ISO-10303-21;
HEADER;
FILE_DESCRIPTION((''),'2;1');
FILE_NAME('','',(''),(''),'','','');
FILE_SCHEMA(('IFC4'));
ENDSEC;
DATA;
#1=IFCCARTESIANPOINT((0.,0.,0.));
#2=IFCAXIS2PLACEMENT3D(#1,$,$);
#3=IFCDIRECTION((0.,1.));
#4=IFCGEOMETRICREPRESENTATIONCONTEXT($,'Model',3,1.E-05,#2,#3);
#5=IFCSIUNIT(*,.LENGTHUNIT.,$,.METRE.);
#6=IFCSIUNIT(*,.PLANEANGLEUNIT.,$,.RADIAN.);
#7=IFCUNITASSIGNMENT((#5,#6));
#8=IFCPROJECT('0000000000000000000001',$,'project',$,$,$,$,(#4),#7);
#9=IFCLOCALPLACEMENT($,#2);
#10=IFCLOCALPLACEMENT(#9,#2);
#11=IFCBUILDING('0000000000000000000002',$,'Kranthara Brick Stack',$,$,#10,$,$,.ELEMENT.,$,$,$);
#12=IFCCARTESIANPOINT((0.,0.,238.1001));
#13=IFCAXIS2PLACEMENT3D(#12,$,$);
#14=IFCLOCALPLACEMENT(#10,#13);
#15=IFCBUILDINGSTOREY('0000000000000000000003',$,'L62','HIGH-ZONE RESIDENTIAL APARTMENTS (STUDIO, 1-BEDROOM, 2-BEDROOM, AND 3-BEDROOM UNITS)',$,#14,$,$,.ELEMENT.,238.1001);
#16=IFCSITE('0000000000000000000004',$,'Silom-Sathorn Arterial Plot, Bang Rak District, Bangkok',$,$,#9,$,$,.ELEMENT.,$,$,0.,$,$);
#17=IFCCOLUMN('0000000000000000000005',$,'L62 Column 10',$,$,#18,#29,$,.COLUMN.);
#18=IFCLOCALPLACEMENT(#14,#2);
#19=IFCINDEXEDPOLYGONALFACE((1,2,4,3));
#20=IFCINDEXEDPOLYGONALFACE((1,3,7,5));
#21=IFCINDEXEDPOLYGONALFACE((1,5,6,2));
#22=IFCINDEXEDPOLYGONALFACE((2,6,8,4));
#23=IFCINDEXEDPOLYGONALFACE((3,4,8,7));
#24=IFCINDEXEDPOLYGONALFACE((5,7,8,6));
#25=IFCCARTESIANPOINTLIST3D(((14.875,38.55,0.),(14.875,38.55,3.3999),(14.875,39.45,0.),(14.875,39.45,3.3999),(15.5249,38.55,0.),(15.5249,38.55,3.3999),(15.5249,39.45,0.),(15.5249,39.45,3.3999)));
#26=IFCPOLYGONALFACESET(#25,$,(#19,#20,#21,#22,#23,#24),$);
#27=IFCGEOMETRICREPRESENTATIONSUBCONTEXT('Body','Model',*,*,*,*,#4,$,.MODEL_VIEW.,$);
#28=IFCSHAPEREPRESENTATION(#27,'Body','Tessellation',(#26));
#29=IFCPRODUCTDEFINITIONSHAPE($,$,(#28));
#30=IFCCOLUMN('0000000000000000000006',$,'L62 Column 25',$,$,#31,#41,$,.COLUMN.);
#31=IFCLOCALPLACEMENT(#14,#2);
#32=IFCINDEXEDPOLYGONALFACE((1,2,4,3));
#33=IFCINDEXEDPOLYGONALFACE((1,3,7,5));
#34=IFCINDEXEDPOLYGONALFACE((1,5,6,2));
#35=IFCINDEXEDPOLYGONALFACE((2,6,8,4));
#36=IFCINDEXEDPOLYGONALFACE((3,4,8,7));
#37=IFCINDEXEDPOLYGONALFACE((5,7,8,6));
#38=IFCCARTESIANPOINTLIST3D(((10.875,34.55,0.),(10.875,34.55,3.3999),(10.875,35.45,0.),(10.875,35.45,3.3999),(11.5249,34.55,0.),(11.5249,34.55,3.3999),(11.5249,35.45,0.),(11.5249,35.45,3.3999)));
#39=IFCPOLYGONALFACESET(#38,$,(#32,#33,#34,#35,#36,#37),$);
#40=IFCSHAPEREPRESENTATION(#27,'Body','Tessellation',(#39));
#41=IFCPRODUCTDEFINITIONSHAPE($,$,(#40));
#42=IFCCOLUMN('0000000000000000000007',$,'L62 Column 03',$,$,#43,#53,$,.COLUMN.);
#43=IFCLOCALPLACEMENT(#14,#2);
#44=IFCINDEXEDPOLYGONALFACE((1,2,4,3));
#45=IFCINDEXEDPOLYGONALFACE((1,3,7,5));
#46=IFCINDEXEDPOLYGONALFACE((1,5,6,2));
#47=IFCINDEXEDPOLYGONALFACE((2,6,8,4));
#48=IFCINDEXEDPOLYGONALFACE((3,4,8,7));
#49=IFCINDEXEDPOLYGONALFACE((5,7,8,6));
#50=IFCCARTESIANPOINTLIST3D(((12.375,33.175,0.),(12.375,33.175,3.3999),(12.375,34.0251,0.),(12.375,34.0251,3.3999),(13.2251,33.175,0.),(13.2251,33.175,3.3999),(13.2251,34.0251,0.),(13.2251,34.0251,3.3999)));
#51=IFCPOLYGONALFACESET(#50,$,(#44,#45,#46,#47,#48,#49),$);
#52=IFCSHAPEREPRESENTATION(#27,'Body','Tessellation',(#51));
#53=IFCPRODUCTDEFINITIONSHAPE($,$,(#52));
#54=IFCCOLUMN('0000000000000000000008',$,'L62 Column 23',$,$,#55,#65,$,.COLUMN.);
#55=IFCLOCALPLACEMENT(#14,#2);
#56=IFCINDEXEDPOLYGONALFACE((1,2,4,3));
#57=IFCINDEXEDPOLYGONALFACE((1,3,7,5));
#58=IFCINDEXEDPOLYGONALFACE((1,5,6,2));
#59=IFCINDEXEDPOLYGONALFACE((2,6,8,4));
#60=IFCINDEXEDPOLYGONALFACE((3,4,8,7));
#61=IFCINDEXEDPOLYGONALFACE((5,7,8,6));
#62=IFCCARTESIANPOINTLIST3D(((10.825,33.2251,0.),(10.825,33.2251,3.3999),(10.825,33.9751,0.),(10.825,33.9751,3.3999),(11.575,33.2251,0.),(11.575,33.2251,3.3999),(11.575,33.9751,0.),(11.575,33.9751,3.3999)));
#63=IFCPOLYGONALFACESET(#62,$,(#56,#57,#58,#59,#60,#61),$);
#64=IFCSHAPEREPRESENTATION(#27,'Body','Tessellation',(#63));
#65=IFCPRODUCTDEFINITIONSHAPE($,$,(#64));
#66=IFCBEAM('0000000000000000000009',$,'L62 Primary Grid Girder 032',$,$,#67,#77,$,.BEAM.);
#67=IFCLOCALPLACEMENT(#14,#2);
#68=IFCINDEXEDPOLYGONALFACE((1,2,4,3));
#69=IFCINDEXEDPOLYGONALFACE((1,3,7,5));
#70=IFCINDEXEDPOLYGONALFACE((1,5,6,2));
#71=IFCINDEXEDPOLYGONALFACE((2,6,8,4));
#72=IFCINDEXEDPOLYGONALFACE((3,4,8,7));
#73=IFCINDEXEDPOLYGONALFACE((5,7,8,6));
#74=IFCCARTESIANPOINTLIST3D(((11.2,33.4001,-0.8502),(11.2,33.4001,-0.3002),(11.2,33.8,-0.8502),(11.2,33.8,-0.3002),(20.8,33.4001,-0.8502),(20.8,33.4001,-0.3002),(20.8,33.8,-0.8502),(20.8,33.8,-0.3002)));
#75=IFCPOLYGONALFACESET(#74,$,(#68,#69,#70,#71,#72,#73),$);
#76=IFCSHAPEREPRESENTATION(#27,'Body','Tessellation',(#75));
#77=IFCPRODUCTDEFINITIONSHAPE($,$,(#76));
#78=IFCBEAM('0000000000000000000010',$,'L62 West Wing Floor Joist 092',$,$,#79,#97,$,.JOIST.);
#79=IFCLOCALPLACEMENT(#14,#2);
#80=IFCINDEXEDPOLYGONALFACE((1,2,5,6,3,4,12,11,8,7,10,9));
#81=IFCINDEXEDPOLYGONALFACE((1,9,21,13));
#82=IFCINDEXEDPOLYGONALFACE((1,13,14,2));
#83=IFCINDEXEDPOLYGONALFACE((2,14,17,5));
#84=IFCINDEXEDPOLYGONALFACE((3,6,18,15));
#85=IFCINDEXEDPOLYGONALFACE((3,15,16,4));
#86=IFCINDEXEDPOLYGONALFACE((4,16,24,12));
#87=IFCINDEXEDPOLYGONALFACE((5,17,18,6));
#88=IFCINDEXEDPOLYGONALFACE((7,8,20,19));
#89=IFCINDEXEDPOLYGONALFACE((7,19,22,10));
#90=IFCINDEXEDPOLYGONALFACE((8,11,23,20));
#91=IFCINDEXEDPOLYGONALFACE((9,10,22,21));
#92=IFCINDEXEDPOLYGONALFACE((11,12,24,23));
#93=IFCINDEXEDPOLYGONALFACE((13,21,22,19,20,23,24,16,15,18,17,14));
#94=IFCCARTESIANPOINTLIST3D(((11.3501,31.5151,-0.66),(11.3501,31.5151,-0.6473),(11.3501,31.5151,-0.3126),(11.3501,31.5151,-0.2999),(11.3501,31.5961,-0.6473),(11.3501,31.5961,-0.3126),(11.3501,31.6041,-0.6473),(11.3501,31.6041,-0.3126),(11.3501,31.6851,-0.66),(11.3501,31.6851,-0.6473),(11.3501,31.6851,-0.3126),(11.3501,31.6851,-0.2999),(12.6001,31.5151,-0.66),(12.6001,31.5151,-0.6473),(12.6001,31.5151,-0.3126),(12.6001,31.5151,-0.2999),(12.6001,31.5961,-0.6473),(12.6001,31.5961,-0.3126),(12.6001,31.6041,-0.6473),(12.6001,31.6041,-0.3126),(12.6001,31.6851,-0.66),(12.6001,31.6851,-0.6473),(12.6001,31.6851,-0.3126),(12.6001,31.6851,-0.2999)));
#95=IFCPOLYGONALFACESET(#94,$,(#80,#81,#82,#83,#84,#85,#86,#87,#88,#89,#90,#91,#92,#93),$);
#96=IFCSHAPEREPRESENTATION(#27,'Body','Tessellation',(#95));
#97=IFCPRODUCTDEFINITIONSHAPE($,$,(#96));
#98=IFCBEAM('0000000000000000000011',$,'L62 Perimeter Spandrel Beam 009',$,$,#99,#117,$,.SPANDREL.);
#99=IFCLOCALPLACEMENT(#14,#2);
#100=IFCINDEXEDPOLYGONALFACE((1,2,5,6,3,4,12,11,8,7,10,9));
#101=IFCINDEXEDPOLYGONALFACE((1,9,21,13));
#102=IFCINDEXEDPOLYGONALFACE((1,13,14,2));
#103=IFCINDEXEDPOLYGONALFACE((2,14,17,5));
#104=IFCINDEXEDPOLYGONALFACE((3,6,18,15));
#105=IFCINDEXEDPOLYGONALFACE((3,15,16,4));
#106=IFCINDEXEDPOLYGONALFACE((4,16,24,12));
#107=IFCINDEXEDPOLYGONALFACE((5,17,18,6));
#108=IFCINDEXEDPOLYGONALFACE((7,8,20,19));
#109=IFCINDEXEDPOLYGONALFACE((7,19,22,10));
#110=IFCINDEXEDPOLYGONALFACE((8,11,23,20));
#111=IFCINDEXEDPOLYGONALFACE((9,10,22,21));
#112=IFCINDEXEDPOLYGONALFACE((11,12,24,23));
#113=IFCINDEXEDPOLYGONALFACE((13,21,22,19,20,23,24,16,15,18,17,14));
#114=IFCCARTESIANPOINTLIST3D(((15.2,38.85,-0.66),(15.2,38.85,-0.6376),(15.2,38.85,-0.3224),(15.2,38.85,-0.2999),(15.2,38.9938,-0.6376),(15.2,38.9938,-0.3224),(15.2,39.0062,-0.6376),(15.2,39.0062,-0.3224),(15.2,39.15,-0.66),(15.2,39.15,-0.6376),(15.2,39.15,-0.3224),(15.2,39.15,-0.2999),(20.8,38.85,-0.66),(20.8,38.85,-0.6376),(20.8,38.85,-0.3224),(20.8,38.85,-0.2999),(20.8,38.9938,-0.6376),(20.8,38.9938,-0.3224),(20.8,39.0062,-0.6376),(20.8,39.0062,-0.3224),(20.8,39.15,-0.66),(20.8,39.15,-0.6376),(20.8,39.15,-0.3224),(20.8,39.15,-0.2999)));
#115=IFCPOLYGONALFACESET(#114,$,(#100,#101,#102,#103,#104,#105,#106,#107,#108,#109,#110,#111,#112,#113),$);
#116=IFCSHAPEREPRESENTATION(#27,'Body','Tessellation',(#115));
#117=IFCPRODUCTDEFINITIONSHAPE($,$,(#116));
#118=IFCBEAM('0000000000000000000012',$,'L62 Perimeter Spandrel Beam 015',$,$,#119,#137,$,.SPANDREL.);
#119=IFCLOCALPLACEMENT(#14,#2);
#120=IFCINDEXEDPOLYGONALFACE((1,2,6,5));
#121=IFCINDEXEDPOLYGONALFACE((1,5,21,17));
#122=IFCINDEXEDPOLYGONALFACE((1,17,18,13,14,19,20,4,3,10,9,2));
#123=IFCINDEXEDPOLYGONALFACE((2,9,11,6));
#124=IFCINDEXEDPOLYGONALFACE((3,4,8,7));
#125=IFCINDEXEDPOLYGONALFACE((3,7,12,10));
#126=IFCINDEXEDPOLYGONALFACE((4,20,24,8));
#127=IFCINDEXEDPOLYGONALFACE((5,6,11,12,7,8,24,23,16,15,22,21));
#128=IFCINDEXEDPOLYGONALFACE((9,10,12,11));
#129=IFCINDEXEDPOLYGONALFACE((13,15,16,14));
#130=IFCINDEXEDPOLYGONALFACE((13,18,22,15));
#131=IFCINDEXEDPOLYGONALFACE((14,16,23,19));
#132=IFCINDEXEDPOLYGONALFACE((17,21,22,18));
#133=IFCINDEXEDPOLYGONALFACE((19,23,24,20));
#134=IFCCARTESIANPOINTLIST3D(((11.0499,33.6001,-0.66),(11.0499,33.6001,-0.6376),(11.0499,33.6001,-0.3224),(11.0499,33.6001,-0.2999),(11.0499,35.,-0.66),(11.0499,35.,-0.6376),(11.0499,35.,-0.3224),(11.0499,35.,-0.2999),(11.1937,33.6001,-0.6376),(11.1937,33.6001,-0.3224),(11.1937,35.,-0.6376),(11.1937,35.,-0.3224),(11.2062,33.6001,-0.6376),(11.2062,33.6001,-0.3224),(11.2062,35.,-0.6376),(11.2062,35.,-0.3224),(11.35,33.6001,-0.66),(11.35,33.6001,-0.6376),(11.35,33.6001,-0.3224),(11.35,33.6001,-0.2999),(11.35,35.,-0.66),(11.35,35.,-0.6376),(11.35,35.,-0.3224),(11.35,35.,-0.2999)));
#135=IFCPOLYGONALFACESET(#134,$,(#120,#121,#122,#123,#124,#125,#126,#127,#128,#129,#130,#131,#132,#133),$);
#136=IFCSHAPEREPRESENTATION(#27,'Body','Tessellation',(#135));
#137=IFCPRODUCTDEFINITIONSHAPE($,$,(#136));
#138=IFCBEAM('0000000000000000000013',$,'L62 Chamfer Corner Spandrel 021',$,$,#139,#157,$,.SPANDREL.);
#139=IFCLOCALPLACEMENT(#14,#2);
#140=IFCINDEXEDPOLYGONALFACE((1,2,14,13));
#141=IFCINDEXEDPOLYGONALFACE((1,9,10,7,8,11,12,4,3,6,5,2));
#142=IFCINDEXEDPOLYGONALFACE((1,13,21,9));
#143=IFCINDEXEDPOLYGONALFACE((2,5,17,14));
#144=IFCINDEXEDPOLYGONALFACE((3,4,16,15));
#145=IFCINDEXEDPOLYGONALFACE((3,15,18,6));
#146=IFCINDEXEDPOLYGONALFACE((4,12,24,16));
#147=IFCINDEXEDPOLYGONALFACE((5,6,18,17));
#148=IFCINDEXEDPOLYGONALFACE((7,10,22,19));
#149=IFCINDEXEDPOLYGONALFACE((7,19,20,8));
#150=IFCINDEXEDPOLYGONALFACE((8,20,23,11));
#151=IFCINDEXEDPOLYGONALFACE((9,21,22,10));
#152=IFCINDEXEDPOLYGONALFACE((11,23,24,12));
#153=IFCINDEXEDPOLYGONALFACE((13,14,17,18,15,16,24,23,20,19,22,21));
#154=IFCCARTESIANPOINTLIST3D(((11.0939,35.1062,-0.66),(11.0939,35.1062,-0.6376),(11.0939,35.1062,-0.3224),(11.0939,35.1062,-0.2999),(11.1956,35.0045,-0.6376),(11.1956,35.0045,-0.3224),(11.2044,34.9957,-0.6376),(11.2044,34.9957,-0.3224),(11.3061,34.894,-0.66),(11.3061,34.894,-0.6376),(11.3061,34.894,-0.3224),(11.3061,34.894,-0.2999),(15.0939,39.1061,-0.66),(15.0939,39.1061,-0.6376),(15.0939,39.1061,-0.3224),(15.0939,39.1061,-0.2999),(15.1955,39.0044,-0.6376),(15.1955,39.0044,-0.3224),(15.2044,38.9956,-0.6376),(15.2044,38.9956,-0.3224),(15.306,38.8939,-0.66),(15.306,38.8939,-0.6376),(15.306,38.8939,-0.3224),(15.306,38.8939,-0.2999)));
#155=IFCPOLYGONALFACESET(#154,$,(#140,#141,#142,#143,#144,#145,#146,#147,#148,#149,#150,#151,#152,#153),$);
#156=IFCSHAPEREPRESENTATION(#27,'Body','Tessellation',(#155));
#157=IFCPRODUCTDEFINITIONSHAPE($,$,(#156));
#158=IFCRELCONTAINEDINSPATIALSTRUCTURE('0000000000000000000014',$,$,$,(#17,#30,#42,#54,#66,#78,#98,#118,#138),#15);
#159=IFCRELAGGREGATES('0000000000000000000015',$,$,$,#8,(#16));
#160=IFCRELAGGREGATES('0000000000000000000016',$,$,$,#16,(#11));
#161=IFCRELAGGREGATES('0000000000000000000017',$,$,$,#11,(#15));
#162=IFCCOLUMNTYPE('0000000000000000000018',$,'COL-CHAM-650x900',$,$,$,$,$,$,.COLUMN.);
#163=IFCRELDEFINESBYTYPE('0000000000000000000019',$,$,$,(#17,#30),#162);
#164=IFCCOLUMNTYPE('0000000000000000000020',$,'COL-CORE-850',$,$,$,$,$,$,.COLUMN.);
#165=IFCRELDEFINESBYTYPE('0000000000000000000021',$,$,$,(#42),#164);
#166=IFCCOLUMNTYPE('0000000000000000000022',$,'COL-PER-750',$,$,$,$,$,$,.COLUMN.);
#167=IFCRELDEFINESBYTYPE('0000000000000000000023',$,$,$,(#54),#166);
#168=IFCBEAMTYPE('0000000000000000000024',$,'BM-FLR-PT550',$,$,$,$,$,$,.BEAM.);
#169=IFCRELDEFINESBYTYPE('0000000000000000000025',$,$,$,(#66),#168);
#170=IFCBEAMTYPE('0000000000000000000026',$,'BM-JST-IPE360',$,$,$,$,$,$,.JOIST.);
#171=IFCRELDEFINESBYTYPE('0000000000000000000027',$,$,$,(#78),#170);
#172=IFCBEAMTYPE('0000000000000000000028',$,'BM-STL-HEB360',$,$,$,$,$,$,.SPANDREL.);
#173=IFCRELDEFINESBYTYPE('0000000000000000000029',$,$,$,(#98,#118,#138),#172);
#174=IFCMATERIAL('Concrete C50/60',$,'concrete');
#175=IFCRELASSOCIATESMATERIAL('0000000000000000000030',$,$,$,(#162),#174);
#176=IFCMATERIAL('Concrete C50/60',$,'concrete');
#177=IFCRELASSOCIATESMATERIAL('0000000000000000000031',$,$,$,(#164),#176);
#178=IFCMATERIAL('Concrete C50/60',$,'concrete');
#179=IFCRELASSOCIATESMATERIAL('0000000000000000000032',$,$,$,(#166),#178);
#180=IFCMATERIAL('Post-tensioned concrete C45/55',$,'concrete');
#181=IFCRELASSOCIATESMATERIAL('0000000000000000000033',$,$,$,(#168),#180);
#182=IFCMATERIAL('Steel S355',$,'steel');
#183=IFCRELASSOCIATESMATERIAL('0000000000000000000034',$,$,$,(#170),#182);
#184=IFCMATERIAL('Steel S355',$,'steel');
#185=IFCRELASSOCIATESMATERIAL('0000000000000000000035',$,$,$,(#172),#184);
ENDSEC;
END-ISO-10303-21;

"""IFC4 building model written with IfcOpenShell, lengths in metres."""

from ifc_helpers import new_model, si_unit, direction, frame, origin, origin_2d, place, context, subcontext, project, spatial, rectangle, i_section, extrude, material, material_profile, profile_set, type_object, element, save


model = new_model("IFC4")

# Units and contexts
model_context = context("Model", 3, precision=1e-05, world=origin(), true_north=direction((0.0, 1.0)))
body_context = subcontext(model_context, "Body", "Model", "MODEL_VIEW")
ifc_project = project(units=[si_unit("LENGTHUNIT", "METRE"), si_unit("PLANEANGLEUNIT", "RADIAN")], contexts=[model_context])

# Site, building, storey
site_placement = place(None, origin())
site = spatial("IfcSite", under=ifc_project, at=site_placement, Name="Silom-Sathorn Arterial Plot, Bang Rak District, Bangkok", CompositionType="ELEMENT", RefElevation=0.0)
building_placement = place(site_placement, origin())
building = spatial("IfcBuilding", under=site, at=building_placement, Name="Kranthara Brick Stack", CompositionType="ELEMENT")
storey_placement = place(building_placement, frame((0.0, 0.0, 238.1001)))
storey = spatial("IfcBuildingStorey", under=building, at=storey_placement, Name="L62", Description="HIGH-ZONE RESIDENTIAL APARTMENTS (STUDIO, 1-BEDROOM, 2-BEDROOM, AND 3-BEDROOM UNITS)", CompositionType="ELEMENT", Elevation=238.1001)

# Columns
ifc_material_1 = material(Name="Concrete C50/60", Category="concrete")
ifc_material_profile_1 = material_profile(ifc_material_1, rectangle(XDim=0.6499, YDim=0.8999, at=origin_2d()), Name="RC 650x900")
ifc_profile_set_1 = profile_set([ifc_material_profile_1], Name="Concrete C50/60")
column_type_1 = type_object("IfcColumnType", Name="COL-CHAM-650x900", PredefinedType="COLUMN", material=ifc_profile_set_1)
for number, where, z_axis, x_axis, name in (
    (1, (15.2, 39.0, 0.0), (0.0, 0.0, 1.0), (1.0, 0.0, 0.0), "L62 Column 10"),
    (2, (11.2, 35.0, 0.0), (0.0, 0.0, 1.0), (1.0, 0.0, 0.0), "L62 Column 25"),
):
    element("IfcColumn", number, at=place(storey_placement, frame(where, z_axis=z_axis, x_axis=x_axis)), inside=storey, type_object=column_type_1, Name=name, PredefinedType="COLUMN", context=body_context, shape_type="SweptSolid", body=[
        extrude(rectangle(XDim=0.6499, YDim=0.8999, at=origin_2d()), origin(), (0.0, 0.0, 1.0), 3.3999),
    ])
ifc_material_2 = material(Name="Concrete C50/60", Category="concrete")
ifc_material_profile_2 = material_profile(ifc_material_2, rectangle(XDim=0.8501, YDim=0.8501, at=origin_2d()), Name="RC 850x850")
ifc_profile_set_2 = profile_set([ifc_material_profile_2], Name="Concrete C50/60")
column_type_2 = type_object("IfcColumnType", Name="COL-CORE-850", PredefinedType="COLUMN", material=ifc_profile_set_2)
column_1_placement = place(storey_placement, frame((12.8, 33.6001, 0.0), z_axis=(0.0, 0.0, 1.0), x_axis=(1.0, 0.0, 0.0)))
element("IfcColumn", 3, at=column_1_placement, inside=storey, type_object=column_type_2, Name="L62 Column 03", PredefinedType="COLUMN", context=body_context, shape_type="SweptSolid", body=[
    extrude(rectangle(XDim=0.8501, YDim=0.8501, at=origin_2d()), origin(), (0.0, 0.0, 1.0), 3.3999),
])
ifc_material_3 = material(Name="Concrete C50/60", Category="concrete")
ifc_material_profile_3 = material_profile(ifc_material_3, rectangle(XDim=0.75, YDim=0.75, at=origin_2d()), Name="RC 750x750")
ifc_profile_set_3 = profile_set([ifc_material_profile_3], Name="Concrete C50/60")
column_type_3 = type_object("IfcColumnType", Name="COL-PER-750", PredefinedType="COLUMN", material=ifc_profile_set_3)
column_2_placement = place(storey_placement, frame((11.2, 33.6001, 0.0), z_axis=(0.0, 0.0, 1.0), x_axis=(1.0, 0.0, 0.0)))
element("IfcColumn", 4, at=column_2_placement, inside=storey, type_object=column_type_3, Name="L62 Column 23", PredefinedType="COLUMN", context=body_context, shape_type="SweptSolid", body=[
    extrude(rectangle(XDim=0.75, YDim=0.75, at=origin_2d()), origin(), (0.0, 0.0, 1.0), 3.3999),
])

# Beams
ifc_material_4 = material(Name="Post-tensioned concrete C45/55", Category="concrete")
ifc_material_profile_4 = material_profile(ifc_material_4, rectangle(XDim=0.3999, YDim=0.55, at=origin_2d()), Name="PT 400x550")
ifc_profile_set_4 = profile_set([ifc_material_profile_4], Name="Post-tensioned concrete C45/55")
beam_type_1 = type_object("IfcBeamType", Name="BM-FLR-PT550", PredefinedType="BEAM", material=ifc_profile_set_4)
beam_1_placement = place(storey_placement, frame((11.2, 33.6001, -0.5752), z_axis=(1.0, 0.0, 0.0), x_axis=(0.0, 1.0, 0.0)))
element("IfcBeam", 5, at=beam_1_placement, inside=storey, type_object=beam_type_1, Name="L62 Primary Grid Girder 032", PredefinedType="BEAM", context=body_context, shape_type="SweptSolid", body=[
    extrude(rectangle(XDim=0.3999, YDim=0.55, at=origin_2d()), origin(), (0.0, 0.0, 1.0), 9.6001),
])
ifc_material_5 = material(Name="Steel S355", Category="steel")
ifc_material_profile_5 = material_profile(ifc_material_5, i_section(OverallWidth=0.1699, OverallDepth=0.3601, WebThickness=0.0081, FlangeThickness=0.0127, at=origin_2d()), Name="IPE 360")
ifc_profile_set_5 = profile_set([ifc_material_profile_5], Name="Steel S355")
beam_type_2 = type_object("IfcBeamType", Name="BM-JST-IPE360", PredefinedType="JOIST", material=ifc_profile_set_5)
beam_2_placement = place(storey_placement, frame((11.3501, 31.6001, -0.48), z_axis=(1.0, 0.0, 0.0), x_axis=(0.0, 1.0, 0.0)))
element("IfcBeam", 6, at=beam_2_placement, inside=storey, type_object=beam_type_2, Name="L62 West Wing Floor Joist 092", PredefinedType="JOIST", context=body_context, shape_type="SweptSolid", body=[
    extrude(i_section(OverallWidth=0.1699, OverallDepth=0.3601, WebThickness=0.0081, FlangeThickness=0.0127, at=origin_2d()), origin(), (0.0, 0.0, 1.0), 1.25),
])
ifc_material_6 = material(Name="Steel S355", Category="steel")
ifc_material_profile_6 = material_profile(ifc_material_6, i_section(OverallWidth=0.3, OverallDepth=0.3601, WebThickness=0.0125, FlangeThickness=0.0225, at=origin_2d()), Name="HEB 360")
ifc_profile_set_6 = profile_set([ifc_material_profile_6], Name="Steel S355")
beam_type_3 = type_object("IfcBeamType", Name="BM-STL-HEB360", PredefinedType="SPANDREL", material=ifc_profile_set_6)
beam_3_placement = place(storey_placement, frame((15.2, 39.0, -0.48), z_axis=(1.0, 0.0, 0.0), x_axis=(0.0, 1.0, 0.0)))
element("IfcBeam", 7, at=beam_3_placement, inside=storey, type_object=beam_type_3, Name="L62 Perimeter Spandrel Beam 009", PredefinedType="SPANDREL", context=body_context, shape_type="SweptSolid", body=[
    extrude(i_section(OverallWidth=0.3, OverallDepth=0.3601, WebThickness=0.0125, FlangeThickness=0.0225, at=origin_2d()), origin(), (0.0, 0.0, 1.0), 5.6001),
])
beam_4_placement = place(storey_placement, frame((11.2, 33.6001, -0.48), z_axis=(0.0, 1.0, 0.0), x_axis=(-1.0, 0.0, 0.0)))
element("IfcBeam", 8, at=beam_4_placement, inside=storey, type_object=beam_type_3, Name="L62 Perimeter Spandrel Beam 015", PredefinedType="SPANDREL", context=body_context, shape_type="SweptSolid", body=[
    extrude(i_section(OverallWidth=0.3, OverallDepth=0.3601, WebThickness=0.0125, FlangeThickness=0.0225, at=origin_2d()), origin(), (0.0, 0.0, 1.0), 1.3999),
])
beam_5_placement = place(storey_placement, frame((15.2, 39.0, -0.48), z_axis=(-0.707107, -0.707107, 0.0), x_axis=(0.707107, -0.707107, 0.0)))
element("IfcBeam", 9, at=beam_5_placement, inside=storey, type_object=beam_type_3, Name="L62 Chamfer Corner Spandrel 021", PredefinedType="SPANDREL", context=body_context, shape_type="SweptSolid", body=[
    extrude(i_section(OverallWidth=0.3, OverallDepth=0.3601, WebThickness=0.0125, FlangeThickness=0.0225, at=origin_2d()), origin(), (0.0, 0.0, 1.0), 5.6567),
])

save(model, "model.ifc")
